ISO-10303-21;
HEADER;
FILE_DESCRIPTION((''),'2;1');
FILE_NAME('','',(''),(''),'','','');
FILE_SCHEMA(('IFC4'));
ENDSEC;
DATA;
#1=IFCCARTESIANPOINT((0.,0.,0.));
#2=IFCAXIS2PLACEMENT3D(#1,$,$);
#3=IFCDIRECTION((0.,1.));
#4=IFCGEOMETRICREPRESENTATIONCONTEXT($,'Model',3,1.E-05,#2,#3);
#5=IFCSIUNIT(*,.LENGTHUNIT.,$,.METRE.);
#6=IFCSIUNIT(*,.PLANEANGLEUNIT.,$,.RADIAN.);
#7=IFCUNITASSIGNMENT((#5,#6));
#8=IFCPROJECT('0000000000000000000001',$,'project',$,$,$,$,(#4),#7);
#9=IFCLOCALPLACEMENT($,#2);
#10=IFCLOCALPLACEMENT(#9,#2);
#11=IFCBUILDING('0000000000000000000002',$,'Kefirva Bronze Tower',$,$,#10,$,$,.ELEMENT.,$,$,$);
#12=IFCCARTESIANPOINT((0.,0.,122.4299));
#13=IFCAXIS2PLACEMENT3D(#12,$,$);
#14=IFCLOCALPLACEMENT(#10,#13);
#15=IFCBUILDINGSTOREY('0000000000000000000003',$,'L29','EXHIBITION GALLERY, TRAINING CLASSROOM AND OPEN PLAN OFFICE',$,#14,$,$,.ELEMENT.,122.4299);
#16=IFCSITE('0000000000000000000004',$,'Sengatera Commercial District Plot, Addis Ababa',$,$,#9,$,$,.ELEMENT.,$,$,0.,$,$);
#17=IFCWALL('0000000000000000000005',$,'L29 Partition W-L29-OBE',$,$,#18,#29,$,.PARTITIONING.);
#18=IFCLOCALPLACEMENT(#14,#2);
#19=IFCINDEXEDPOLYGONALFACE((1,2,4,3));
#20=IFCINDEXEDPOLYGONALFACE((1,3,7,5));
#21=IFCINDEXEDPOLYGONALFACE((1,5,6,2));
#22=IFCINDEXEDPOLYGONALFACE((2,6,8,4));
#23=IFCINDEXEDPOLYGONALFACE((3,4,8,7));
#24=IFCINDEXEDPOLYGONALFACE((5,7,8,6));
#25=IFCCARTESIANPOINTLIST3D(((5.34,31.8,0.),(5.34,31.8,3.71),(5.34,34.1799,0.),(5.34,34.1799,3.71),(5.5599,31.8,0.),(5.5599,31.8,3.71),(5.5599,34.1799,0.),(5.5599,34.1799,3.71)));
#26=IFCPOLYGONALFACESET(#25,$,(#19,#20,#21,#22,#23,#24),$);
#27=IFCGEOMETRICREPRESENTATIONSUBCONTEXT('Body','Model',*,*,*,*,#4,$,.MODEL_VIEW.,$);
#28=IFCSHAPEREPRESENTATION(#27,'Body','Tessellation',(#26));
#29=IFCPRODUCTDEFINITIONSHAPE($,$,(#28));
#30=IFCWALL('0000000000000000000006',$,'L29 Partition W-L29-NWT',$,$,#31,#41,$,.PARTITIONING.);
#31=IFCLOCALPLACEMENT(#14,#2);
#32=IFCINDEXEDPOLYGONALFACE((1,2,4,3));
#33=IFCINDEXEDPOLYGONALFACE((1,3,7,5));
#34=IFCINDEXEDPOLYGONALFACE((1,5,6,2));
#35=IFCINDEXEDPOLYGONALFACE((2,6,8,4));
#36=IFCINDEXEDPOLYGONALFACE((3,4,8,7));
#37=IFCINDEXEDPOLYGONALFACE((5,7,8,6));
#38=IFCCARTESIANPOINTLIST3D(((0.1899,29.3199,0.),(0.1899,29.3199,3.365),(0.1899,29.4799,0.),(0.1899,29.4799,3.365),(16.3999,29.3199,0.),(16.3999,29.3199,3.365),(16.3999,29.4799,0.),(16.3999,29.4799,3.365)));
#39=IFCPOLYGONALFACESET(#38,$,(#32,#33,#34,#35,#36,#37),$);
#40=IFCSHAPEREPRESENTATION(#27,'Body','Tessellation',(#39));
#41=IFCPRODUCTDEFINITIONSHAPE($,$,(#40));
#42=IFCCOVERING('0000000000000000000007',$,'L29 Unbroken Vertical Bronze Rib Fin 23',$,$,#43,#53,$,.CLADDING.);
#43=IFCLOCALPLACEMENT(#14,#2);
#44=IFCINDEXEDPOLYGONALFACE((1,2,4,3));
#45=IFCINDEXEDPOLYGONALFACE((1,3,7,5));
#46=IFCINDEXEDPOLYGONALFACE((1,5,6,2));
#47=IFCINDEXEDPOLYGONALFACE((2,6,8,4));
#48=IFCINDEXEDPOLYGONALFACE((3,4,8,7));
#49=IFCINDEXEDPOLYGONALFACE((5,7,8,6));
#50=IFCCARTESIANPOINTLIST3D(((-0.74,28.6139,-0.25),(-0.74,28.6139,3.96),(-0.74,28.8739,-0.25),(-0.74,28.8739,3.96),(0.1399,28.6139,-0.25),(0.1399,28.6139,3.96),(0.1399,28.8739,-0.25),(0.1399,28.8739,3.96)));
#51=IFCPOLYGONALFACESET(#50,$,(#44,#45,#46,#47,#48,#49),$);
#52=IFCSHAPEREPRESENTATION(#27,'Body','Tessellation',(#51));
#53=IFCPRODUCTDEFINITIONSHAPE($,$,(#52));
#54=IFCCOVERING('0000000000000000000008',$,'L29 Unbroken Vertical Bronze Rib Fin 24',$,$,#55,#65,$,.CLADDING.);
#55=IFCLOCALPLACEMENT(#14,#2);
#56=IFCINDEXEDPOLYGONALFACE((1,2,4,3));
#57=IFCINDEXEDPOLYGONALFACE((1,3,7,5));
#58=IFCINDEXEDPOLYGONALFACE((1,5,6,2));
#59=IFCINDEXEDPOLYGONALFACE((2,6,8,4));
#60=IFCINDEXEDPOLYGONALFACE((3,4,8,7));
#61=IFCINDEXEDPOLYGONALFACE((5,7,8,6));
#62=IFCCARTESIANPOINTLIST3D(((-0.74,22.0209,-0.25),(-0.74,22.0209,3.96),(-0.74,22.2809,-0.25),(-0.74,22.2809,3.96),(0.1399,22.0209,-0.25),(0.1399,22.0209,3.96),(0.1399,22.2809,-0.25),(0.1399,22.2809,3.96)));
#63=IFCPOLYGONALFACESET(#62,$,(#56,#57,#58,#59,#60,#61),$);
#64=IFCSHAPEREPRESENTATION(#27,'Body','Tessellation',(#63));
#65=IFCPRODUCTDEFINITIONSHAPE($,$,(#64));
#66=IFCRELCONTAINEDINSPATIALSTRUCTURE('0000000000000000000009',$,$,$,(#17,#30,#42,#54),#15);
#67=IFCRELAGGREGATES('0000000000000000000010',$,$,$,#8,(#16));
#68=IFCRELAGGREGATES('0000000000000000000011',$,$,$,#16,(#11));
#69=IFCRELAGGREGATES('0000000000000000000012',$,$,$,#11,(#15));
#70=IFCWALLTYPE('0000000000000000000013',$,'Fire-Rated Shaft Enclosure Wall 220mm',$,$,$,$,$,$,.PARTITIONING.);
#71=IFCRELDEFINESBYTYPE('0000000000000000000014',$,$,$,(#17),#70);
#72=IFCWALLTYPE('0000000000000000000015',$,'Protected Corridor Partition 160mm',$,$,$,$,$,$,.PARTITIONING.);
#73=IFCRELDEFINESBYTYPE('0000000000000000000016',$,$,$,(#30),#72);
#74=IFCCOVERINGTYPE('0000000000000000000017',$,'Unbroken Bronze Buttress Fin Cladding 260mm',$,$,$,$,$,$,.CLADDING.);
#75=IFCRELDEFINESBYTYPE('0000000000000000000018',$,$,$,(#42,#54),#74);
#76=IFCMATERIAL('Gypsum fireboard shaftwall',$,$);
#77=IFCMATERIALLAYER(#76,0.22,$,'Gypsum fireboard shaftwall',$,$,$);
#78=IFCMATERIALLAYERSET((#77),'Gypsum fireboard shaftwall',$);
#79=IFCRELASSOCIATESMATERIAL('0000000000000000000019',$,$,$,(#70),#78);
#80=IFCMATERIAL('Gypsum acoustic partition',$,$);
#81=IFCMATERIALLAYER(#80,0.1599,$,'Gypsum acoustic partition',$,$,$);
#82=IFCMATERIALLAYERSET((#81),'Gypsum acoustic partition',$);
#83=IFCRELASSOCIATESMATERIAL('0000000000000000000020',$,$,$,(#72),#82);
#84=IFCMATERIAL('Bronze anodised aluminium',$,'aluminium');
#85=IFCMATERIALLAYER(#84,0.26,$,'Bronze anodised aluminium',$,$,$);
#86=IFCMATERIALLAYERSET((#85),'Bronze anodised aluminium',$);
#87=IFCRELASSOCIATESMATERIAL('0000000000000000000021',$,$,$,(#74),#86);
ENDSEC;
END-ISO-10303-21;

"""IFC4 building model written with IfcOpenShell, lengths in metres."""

from ifc_helpers import new_model, si_unit, direction, frame, frame_2d, origin, origin_2d, place, context, subcontext, project, spatial, rectangle, extrude, material, layer, layer_set, type_object, element, save


model = new_model("IFC4")

# Units and contexts
model_context = context("Model", 3, precision=1e-05, world=origin(), true_north=direction((0.0, 1.0)))
body_context = subcontext(model_context, "Body", "Model", "MODEL_VIEW")
ifc_project = project(units=[si_unit("LENGTHUNIT", "METRE"), si_unit("PLANEANGLEUNIT", "RADIAN")], contexts=[model_context])

# Site, building, storey
site_placement = place(None, origin())
site = spatial("IfcSite", under=ifc_project, at=site_placement, Name="Sengatera Commercial District Plot, Addis Ababa", CompositionType="ELEMENT", RefElevation=0.0)
building_placement = place(site_placement, origin())
building = spatial("IfcBuilding", under=site, at=building_placement, Name="Kefirva Bronze Tower", CompositionType="ELEMENT")
storey_placement = place(building_placement, frame((0.0, 0.0, 122.4299)))
storey = spatial("IfcBuildingStorey", under=building, at=storey_placement, Name="L29", Description="EXHIBITION GALLERY, TRAINING CLASSROOM AND OPEN PLAN OFFICE", CompositionType="ELEMENT", Elevation=122.4299)

# Shared definitions
ifc_material_1 = material(Name="Bronze anodised aluminium", Category="aluminium")

# Walls
ifc_material_2 = material(Name="Gypsum fireboard shaftwall")
ifc_layer_1 = layer(ifc_material_2, 0.22, Name="Gypsum fireboard shaftwall")
ifc_layer_set_1 = layer_set([ifc_layer_1], Name="Gypsum fireboard shaftwall")
wall_type_1 = type_object("IfcWallType", Name="Fire-Rated Shaft Enclosure Wall 220mm", PredefinedType="PARTITIONING", material=ifc_layer_set_1)
for number, where, z_axis, x_axis, name in (
    (1, (5.45, 31.8, 0.0), (0.0, 0.0, 1.0), (0.0, 1.0, 0.0), "L29 Partition W-L29-OBE"),
):
    element("IfcWall", number, at=place(storey_placement, frame(where, z_axis=z_axis, x_axis=x_axis)), inside=storey, type_object=wall_type_1, Name=name, PredefinedType="PARTITIONING", context=body_context, shape_type="SweptSolid", body=[
        extrude(rectangle(XDim=2.3799, YDim=0.22, at=frame_2d((1.1899, 0.0))), origin(), (0.0, 0.0, 1.0), 3.71),
    ])
ifc_material_3 = material(Name="Gypsum acoustic partition")
ifc_layer_2 = layer(ifc_material_3, 0.1599, Name="Gypsum acoustic partition")
ifc_layer_set_2 = layer_set([ifc_layer_2], Name="Gypsum acoustic partition")
wall_type_2 = type_object("IfcWallType", Name="Protected Corridor Partition 160mm", PredefinedType="PARTITIONING", material=ifc_layer_set_2)
wall_1_placement = place(storey_placement, frame((0.1899, 29.3999, 0.0), z_axis=(0.0, 0.0, 1.0), x_axis=(1.0, 0.0, 0.0)))
element("IfcWall", 2, at=wall_1_placement, inside=storey, type_object=wall_type_2, Name="L29 Partition W-L29-NWT", PredefinedType="PARTITIONING", context=body_context, shape_type="SweptSolid", body=[
    extrude(rectangle(XDim=16.21, YDim=0.1599, at=frame_2d((8.105, 0.0))), origin(), (0.0, 0.0, 1.0), 3.365),
])

# Coverings
ifc_layer_3 = layer(ifc_material_1, 0.26, Name="Bronze anodised aluminium")
ifc_layer_set_3 = layer_set([ifc_layer_3], Name="Bronze anodised aluminium")
covering_type = type_object("IfcCoveringType", Name="Unbroken Bronze Buttress Fin Cladding 260mm", PredefinedType="CLADDING", material=ifc_layer_set_3)
for number, where, z_axis, x_axis, name in (
    (3, (-0.3, 28.7439, -0.25), (0.0, 0.0, 1.0), (0.0, -1.0, 0.0), "L29 Unbroken Vertical Bronze Rib Fin 23"),
    (4, (-0.3, 22.1509, -0.25), (0.0, 0.0, 1.0), (0.0, -1.0, 0.0), "L29 Unbroken Vertical Bronze Rib Fin 24"),
):
    element("IfcCovering", number, at=place(storey_placement, frame(where, z_axis=z_axis, x_axis=x_axis)), inside=storey, type_object=covering_type, Name=name, PredefinedType="CLADDING", context=body_context, shape_type="SweptSolid", body=[
        extrude(rectangle(XDim=0.26, YDim=0.8799, at=origin_2d()), origin(), (0.0, 0.0, 1.0), 4.21),
    ])

save(model, "model.ifc")
